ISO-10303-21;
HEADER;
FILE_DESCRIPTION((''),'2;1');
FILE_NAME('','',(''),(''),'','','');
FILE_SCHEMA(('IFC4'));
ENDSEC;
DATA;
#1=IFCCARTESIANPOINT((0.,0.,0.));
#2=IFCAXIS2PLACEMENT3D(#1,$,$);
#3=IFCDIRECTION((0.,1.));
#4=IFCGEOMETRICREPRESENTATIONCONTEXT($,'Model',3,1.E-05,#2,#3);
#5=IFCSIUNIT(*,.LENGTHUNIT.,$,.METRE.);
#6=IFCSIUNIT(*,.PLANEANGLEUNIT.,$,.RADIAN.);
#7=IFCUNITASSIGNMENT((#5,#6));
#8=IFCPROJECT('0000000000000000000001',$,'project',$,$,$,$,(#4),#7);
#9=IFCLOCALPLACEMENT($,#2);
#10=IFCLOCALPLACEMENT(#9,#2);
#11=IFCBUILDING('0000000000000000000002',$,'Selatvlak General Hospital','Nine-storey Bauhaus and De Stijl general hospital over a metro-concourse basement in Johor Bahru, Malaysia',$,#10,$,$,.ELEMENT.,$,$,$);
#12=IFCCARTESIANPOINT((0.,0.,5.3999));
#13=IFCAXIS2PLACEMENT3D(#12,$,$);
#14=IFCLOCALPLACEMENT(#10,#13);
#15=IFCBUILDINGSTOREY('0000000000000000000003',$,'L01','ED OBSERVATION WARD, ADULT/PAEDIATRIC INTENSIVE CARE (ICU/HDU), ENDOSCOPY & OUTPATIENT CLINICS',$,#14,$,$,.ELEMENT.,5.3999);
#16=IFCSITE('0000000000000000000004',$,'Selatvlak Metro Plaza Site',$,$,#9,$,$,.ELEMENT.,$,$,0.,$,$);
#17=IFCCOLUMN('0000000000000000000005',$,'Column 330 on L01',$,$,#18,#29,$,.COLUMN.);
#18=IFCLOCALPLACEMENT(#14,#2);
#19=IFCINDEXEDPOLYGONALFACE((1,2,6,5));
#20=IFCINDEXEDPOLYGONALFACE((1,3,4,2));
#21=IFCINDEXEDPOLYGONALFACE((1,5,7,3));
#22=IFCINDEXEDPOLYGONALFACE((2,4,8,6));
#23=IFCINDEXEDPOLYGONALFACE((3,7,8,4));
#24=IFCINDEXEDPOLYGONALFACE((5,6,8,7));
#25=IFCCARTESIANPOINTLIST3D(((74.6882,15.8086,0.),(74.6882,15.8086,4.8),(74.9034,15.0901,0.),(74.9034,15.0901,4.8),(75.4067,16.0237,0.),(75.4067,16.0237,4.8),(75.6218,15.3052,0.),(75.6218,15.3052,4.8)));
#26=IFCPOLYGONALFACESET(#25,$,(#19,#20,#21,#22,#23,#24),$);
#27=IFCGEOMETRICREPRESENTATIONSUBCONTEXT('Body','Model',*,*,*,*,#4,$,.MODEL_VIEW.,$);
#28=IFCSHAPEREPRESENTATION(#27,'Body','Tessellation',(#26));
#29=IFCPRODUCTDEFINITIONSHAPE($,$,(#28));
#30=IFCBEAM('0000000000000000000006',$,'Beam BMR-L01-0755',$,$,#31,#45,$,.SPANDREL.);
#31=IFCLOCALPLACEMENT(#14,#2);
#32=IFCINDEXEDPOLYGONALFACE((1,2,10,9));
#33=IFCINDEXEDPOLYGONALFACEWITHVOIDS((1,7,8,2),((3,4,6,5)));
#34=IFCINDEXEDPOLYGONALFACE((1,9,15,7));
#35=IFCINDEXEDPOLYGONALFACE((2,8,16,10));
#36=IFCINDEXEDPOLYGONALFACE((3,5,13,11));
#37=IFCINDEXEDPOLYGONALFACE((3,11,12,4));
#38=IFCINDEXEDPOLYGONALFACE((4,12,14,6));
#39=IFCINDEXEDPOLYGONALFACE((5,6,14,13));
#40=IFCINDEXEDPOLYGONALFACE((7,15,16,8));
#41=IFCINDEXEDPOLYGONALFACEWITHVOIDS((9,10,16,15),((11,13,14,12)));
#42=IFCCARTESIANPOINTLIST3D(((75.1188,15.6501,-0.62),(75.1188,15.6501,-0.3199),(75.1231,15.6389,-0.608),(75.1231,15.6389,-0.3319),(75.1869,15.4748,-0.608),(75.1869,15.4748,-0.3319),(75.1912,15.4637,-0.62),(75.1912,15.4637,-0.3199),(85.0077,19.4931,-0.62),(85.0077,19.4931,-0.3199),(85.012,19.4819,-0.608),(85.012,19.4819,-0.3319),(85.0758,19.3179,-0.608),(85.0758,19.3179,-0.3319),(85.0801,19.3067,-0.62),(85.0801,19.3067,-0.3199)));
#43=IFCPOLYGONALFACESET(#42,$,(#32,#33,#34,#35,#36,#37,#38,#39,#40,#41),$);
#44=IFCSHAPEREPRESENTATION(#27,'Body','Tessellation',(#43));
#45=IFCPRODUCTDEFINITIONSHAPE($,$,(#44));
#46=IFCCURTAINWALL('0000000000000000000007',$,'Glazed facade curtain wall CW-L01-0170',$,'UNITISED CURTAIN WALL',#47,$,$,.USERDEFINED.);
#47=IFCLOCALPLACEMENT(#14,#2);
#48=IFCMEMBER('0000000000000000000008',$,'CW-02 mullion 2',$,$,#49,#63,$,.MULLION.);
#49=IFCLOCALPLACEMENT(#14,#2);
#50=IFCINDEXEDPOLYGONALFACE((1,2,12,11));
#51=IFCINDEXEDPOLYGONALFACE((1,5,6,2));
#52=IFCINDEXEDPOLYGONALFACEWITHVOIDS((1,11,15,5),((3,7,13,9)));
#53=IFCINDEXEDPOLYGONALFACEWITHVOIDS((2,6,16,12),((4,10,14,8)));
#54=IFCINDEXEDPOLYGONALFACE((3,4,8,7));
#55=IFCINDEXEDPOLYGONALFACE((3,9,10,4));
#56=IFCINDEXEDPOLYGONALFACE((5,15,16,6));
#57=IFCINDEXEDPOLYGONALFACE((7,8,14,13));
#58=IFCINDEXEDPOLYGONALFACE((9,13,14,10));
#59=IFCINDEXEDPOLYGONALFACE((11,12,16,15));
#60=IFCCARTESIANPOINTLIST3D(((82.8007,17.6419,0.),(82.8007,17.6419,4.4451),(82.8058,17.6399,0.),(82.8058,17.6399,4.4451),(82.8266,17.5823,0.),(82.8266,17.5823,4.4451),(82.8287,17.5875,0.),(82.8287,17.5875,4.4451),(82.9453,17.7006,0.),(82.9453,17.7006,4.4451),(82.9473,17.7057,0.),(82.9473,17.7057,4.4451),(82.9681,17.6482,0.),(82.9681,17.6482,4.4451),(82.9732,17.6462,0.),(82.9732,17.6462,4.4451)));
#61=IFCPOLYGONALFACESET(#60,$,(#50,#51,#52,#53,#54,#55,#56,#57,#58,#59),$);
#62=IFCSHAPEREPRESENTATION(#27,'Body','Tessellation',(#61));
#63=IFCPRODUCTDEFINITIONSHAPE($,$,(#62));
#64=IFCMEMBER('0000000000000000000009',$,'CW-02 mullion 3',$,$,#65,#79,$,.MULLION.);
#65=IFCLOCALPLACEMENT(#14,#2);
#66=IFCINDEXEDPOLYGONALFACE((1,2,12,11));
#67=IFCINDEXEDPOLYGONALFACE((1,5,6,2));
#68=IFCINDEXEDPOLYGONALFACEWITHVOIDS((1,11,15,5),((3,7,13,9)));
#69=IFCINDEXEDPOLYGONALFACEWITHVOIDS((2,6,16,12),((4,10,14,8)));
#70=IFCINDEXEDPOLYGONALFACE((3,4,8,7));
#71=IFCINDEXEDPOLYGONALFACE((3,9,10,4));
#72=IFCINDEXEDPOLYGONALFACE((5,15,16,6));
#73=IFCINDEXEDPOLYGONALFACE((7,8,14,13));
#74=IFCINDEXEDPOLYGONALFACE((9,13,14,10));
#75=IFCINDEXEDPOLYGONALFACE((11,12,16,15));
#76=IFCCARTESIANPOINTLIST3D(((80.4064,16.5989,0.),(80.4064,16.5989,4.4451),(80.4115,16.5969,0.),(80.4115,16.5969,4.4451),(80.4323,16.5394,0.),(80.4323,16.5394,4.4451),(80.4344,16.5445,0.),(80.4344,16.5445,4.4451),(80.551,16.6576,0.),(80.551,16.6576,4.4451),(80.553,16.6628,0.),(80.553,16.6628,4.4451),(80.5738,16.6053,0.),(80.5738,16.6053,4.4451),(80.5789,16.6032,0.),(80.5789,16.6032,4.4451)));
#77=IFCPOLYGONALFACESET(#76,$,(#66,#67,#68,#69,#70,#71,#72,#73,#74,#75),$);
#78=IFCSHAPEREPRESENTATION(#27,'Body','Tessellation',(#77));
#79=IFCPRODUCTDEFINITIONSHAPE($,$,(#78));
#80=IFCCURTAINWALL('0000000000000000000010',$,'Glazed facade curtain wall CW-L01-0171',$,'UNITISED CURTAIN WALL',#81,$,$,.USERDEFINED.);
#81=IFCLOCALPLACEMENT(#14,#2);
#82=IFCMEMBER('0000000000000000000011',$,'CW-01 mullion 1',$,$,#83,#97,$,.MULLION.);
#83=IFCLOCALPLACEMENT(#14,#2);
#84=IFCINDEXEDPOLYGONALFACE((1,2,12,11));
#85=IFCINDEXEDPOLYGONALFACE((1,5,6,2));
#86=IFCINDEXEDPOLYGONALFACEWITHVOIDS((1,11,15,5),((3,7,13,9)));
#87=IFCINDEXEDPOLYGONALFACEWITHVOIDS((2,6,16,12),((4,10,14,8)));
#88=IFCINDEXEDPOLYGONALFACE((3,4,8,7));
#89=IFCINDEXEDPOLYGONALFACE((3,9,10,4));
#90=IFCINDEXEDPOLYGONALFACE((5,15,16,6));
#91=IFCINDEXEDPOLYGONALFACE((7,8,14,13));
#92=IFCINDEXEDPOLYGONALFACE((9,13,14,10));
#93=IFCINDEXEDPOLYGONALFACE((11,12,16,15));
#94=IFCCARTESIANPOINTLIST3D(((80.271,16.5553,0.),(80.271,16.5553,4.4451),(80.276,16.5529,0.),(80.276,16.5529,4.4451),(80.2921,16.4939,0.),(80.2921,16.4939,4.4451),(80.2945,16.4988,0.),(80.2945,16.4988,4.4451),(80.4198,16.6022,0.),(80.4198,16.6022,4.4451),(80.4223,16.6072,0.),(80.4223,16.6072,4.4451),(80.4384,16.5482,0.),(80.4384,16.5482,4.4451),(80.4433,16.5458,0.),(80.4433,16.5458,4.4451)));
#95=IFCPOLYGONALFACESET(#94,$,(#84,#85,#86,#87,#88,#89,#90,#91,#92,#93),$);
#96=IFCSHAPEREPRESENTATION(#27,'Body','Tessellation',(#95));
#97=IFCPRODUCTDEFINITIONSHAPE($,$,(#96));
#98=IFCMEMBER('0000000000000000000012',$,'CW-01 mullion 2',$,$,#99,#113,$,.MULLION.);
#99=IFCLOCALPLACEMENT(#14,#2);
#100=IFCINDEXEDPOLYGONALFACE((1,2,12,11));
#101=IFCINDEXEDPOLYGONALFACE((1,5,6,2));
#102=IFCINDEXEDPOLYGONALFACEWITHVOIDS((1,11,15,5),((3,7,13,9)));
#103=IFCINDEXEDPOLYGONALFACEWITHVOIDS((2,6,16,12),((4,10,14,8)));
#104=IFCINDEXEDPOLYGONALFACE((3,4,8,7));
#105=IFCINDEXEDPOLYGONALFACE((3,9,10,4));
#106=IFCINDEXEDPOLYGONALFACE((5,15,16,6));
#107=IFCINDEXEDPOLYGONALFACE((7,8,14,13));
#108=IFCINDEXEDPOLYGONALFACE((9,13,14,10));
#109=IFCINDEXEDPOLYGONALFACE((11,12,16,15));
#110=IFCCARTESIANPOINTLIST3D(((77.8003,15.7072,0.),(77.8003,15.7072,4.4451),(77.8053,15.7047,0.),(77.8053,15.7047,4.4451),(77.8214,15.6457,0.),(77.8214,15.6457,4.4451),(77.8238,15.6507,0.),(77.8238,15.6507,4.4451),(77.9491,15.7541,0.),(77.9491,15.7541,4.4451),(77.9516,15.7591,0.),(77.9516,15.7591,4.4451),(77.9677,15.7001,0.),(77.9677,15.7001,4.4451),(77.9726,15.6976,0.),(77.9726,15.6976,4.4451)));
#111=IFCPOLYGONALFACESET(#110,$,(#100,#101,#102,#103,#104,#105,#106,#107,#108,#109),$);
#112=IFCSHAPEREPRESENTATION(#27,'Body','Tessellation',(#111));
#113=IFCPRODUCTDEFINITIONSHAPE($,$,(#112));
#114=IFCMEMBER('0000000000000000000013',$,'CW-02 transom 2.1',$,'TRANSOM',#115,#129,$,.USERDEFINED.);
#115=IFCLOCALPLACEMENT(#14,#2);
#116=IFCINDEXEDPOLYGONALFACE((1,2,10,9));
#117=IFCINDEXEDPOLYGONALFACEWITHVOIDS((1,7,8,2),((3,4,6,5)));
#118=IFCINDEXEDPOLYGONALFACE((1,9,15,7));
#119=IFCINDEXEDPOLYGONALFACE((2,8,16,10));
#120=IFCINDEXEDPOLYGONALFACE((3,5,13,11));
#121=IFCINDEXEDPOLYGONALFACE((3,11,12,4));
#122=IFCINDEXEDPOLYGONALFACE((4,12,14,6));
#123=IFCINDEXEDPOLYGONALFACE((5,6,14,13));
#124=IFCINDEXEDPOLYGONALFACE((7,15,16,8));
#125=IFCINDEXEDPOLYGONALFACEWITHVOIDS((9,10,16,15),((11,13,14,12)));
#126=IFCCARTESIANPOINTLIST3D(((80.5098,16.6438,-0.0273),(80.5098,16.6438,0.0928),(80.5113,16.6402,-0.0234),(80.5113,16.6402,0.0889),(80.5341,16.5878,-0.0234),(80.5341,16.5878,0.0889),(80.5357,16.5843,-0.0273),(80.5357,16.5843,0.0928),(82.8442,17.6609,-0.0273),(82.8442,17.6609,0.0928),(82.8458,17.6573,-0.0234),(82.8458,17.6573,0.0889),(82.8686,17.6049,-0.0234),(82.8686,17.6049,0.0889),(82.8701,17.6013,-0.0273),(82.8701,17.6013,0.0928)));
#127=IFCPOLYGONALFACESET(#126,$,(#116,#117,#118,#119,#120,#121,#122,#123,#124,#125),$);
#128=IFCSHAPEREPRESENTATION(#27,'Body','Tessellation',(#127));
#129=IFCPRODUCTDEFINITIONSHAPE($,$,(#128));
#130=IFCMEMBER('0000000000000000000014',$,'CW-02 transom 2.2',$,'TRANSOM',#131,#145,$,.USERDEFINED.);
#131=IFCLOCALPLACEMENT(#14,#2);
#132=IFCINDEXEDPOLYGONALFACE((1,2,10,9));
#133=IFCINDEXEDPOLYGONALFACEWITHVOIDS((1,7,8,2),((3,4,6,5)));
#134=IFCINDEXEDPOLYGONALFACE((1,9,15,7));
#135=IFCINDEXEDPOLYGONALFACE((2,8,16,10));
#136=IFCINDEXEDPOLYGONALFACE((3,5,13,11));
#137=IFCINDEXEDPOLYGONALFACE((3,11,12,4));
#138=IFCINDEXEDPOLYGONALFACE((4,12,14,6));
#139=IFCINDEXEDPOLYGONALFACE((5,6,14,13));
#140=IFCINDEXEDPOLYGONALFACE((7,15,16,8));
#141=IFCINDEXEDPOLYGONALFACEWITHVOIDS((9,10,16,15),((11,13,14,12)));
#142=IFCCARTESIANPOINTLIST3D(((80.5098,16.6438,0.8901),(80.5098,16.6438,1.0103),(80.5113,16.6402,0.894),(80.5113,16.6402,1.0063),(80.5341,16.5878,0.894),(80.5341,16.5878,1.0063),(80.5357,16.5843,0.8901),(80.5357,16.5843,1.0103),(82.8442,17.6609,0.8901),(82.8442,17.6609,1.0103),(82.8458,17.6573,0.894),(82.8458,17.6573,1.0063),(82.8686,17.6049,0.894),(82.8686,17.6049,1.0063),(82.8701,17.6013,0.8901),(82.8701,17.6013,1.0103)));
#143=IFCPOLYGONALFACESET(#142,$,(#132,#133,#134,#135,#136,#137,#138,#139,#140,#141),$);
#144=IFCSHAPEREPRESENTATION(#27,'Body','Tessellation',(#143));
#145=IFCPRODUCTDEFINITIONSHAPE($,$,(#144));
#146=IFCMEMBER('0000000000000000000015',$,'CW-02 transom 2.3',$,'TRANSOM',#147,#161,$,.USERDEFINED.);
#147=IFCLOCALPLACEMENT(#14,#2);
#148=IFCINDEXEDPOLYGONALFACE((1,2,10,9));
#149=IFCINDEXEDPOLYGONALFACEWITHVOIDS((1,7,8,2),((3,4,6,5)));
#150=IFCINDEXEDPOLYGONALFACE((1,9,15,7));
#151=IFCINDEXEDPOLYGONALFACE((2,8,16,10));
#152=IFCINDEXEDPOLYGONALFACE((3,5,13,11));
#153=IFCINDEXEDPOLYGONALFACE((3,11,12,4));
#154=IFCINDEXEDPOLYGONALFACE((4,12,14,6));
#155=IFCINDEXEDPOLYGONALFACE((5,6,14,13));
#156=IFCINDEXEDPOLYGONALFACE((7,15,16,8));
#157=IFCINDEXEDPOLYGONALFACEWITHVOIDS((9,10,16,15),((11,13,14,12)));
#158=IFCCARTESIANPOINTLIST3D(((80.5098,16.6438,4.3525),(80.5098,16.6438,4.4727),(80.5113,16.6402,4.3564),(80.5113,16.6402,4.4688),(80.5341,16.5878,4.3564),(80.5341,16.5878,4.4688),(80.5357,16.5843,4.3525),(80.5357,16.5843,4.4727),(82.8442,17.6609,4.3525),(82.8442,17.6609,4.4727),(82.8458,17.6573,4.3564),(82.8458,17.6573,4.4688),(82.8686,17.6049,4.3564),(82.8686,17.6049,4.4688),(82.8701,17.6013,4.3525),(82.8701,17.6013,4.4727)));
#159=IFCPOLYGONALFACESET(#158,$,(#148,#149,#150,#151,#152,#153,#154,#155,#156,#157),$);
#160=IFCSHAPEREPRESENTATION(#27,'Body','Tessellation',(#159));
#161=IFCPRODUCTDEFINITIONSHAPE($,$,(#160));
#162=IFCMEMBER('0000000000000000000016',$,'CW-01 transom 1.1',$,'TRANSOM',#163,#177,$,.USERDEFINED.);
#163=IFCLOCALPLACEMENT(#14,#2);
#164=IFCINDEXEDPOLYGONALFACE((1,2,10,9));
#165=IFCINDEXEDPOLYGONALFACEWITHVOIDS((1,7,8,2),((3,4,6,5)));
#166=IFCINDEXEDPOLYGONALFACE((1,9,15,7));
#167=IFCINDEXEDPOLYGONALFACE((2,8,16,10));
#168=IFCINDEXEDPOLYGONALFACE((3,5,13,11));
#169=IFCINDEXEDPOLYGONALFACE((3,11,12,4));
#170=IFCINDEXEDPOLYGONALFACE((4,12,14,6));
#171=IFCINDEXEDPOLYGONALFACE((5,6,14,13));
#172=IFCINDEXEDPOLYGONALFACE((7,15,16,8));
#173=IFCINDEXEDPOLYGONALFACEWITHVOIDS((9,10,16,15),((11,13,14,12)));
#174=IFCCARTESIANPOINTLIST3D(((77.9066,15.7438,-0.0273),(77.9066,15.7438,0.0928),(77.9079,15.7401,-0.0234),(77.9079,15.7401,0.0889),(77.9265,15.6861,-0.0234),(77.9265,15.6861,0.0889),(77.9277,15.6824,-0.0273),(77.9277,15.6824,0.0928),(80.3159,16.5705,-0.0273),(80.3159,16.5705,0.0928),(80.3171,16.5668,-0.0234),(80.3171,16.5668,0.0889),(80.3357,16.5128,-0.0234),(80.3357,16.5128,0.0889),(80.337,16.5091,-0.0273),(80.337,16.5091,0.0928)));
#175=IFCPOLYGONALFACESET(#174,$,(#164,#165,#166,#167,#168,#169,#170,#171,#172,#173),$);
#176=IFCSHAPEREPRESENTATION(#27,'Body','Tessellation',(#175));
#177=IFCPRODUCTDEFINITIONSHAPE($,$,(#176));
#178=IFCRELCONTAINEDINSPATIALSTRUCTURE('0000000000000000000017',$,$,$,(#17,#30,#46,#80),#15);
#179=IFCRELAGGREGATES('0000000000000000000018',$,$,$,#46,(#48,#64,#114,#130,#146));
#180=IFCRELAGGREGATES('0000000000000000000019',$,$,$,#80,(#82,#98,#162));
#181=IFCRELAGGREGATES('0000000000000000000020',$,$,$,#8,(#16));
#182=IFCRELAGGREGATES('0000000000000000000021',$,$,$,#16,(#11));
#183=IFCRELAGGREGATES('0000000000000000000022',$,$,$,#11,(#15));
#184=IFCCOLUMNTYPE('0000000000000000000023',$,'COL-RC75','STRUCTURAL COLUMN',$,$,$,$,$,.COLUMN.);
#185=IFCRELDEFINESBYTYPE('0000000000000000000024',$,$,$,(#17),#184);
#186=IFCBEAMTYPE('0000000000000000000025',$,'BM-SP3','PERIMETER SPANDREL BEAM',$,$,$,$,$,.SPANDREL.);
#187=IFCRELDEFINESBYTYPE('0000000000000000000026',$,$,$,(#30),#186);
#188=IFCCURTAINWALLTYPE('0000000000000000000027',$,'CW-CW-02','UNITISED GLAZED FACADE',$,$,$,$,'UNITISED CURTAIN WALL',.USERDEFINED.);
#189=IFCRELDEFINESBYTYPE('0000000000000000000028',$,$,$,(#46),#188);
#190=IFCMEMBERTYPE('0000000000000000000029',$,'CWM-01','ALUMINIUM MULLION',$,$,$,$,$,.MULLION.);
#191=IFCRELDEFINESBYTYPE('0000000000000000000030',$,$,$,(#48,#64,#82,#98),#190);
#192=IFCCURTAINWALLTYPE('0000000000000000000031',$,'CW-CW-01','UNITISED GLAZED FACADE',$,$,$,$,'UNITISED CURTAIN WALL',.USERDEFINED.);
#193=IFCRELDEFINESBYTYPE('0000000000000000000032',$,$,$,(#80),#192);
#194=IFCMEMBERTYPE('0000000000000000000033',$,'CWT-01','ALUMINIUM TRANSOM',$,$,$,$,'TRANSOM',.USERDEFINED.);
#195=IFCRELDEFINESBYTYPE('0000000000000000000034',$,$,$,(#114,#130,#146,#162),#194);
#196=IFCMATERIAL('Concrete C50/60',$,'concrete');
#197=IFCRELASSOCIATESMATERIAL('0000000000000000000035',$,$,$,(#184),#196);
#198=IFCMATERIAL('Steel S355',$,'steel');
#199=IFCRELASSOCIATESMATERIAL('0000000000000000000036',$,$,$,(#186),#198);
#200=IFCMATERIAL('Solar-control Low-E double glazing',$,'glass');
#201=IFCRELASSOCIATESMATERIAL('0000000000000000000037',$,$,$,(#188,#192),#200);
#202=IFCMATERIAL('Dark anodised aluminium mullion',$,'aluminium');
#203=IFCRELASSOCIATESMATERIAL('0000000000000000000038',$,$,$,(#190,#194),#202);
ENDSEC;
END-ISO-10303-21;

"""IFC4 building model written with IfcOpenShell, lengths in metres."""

from ifc_helpers import new_model, si_unit, direction, frame, origin, origin_2d, place, context, subcontext, project, spatial, rectangle, hollow_rectangle, extrude, material, material_profile, profile_set, type_object, element, aggregate, save


model = new_model("IFC4")

# Units and contexts
model_context = context("Model", 3, precision=1e-05, world=origin(), true_north=direction((0.0, 1.0)))
body_context = subcontext(model_context, "Body", "Model", "MODEL_VIEW")
ifc_project = project(units=[si_unit("LENGTHUNIT", "METRE"), si_unit("PLANEANGLEUNIT", "RADIAN")], contexts=[model_context])

# Site, building, storey
site_placement = place(None, origin())
site = spatial("IfcSite", under=ifc_project, at=site_placement, Name="Selatvlak Metro Plaza Site", CompositionType="ELEMENT", RefElevation=0.0)
building_placement = place(site_placement, origin())
building = spatial("IfcBuilding", under=site, at=building_placement, Name="Selatvlak General Hospital", Description="Nine-storey Bauhaus and De Stijl general hospital over a metro-concourse basement in Johor Bahru, Malaysia", CompositionType="ELEMENT")
storey_placement = place(building_placement, frame((0.0, 0.0, 5.3999)))
storey = spatial("IfcBuildingStorey", under=building, at=storey_placement, Name="L01", Description="ED OBSERVATION WARD, ADULT/PAEDIATRIC INTENSIVE CARE (ICU/HDU), ENDOSCOPY & OUTPATIENT CLINICS", CompositionType="ELEMENT", Elevation=5.3999)

# Column
ifc_material_1 = material(Name="Concrete C50/60", Category="concrete")
ifc_material_profile_1 = material_profile(ifc_material_1, rectangle(XDim=0.75, YDim=0.75, at=origin_2d()), Name="RC-COL 750x750")
ifc_profile_set_1 = profile_set([ifc_material_profile_1], Name="Concrete C50/60")
column_type = type_object("IfcColumnType", Name="COL-RC75", Description="STRUCTURAL COLUMN", PredefinedType="COLUMN", material=ifc_profile_set_1)
column_placement = place(storey_placement, frame((75.155, 15.5569, 0.0), z_axis=(0.0, 0.0, 1.0), x_axis=(-0.286859, 0.957973, 0.0)))
element("IfcColumn", 1, at=column_placement, inside=storey, type_object=column_type, Name="Column 330 on L01", PredefinedType="COLUMN", context=body_context, shape_type="SweptSolid", body=[
    extrude(rectangle(XDim=0.75, YDim=0.75, at=origin_2d()), origin(), (0.0, 0.0, 1.0), 4.8),
])

# Beam
ifc_material_2 = material(Name="Steel S355", Category="steel")
ifc_material_profile_2 = material_profile(ifc_material_2, hollow_rectangle(XDim=0.2, YDim=0.3, WallThickness=0.012, at=origin_2d()), Name="RHS 300x200x12")
ifc_profile_set_2 = profile_set([ifc_material_profile_2], Name="Steel S355")
beam_type = type_object("IfcBeamType", Name="BM-SP3", Description="PERIMETER SPANDREL BEAM", PredefinedType="SPANDREL", material=ifc_profile_set_2)
beam_placement = place(storey_placement, frame((75.155, 15.5569, -0.47), z_axis=(0.93209, 0.362227, 0.0), x_axis=(-0.362227, 0.93209, 0.0)))
element("IfcBeam", 2, at=beam_placement, inside=storey, type_object=beam_type, Name="Beam BMR-L01-0755", PredefinedType="SPANDREL", context=body_context, shape_type="SweptSolid", body=[
    extrude(hollow_rectangle(XDim=0.2, YDim=0.3, WallThickness=0.012, at=origin_2d()), origin(), (0.0, 0.0, 1.0), 10.6094),
])

# Curtain walls, members
ifc_material_3 = material(Name="Solar-control Low-E double glazing", Category="glass")
curtain_wall_type_1 = type_object("IfcCurtainWallType", Name="CW-CW-02", Description="UNITISED GLAZED FACADE", ElementType="UNITISED CURTAIN WALL", PredefinedType="USERDEFINED", material=ifc_material_3)
curtain_wall_1_placement = place(storey_placement, origin())
curtain_wall_1 = element("IfcCurtainWall", 3, at=curtain_wall_1_placement, inside=storey, type_object=curtain_wall_type_1, Name="Glazed facade curtain wall CW-L01-0170", ObjectType="UNITISED CURTAIN WALL", PredefinedType="USERDEFINED")
ifc_material_4 = material(Name="Dark anodised aluminium mullion", Category="aluminium")
ifc_material_profile_3 = material_profile(ifc_material_4, hollow_rectangle(XDim=0.0649, YDim=0.1599, WallThickness=0.0039, at=origin_2d()), Name="AL-MUL 65x160x4")
ifc_profile_set_3 = profile_set([ifc_material_profile_3], Name="Dark anodised aluminium mullion")
member_type_1 = type_object("IfcMemberType", Name="CWM-01", Description="ALUMINIUM MULLION", PredefinedType="MULLION", material=ifc_profile_set_3)
member_1_placement = place(storey_placement, frame((82.887, 17.644, 0.0), z_axis=(0.0, 0.0, 1.0), x_axis=(0.39939, -0.916781, 0.0)))
member_1 = element("IfcMember", 4, at=member_1_placement, type_object=member_type_1, Name="CW-02 mullion 2", PredefinedType="MULLION", context=body_context, shape_type="SweptSolid", body=[
    extrude(hollow_rectangle(XDim=0.0649, YDim=0.1599, WallThickness=0.0039, at=origin_2d()), origin(), (0.0, 0.0, 1.0), 4.4451),
])
member_2_placement = place(storey_placement, frame((80.4927, 16.6011, 0.0), z_axis=(0.0, 0.0, 1.0), x_axis=(0.39939, -0.916781, 0.0)))
member_2 = element("IfcMember", 5, at=member_2_placement, type_object=member_type_1, Name="CW-02 mullion 3", PredefinedType="MULLION", context=body_context, shape_type="SweptSolid", body=[
    extrude(hollow_rectangle(XDim=0.0649, YDim=0.1599, WallThickness=0.0039, at=origin_2d()), origin(), (0.0, 0.0, 1.0), 4.4451),
])
curtain_wall_type_2 = type_object("IfcCurtainWallType", Name="CW-CW-01", Description="UNITISED GLAZED FACADE", ElementType="UNITISED CURTAIN WALL", PredefinedType="USERDEFINED", material=ifc_material_3)
curtain_wall_2_placement = place(storey_placement, origin())
curtain_wall_2 = element("IfcCurtainWall", 6, at=curtain_wall_2_placement, inside=storey, type_object=curtain_wall_type_2, Name="Glazed facade curtain wall CW-L01-0171", ObjectType="UNITISED CURTAIN WALL", PredefinedType="USERDEFINED")
member_3_placement = place(storey_placement, frame((80.3572, 16.5505, 0.0), z_axis=(0.0, 0.0, 1.0), x_axis=(0.324609, -0.945848, 0.0)))
member_3 = element("IfcMember", 7, at=member_3_placement, type_object=member_type_1, Name="CW-01 mullion 1", PredefinedType="MULLION", context=body_context, shape_type="SweptSolid", body=[
    extrude(hollow_rectangle(XDim=0.0649, YDim=0.1599, WallThickness=0.0039, at=origin_2d()), origin(), (0.0, 0.0, 1.0), 4.4451),
])
member_4_placement = place(storey_placement, frame((77.8865, 15.7024, 0.0), z_axis=(0.0, 0.0, 1.0), x_axis=(0.324609, -0.945848, 0.0)))
member_4 = element("IfcMember", 8, at=member_4_placement, type_object=member_type_1, Name="CW-01 mullion 2", PredefinedType="MULLION", context=body_context, shape_type="SweptSolid", body=[
    extrude(hollow_rectangle(XDim=0.0649, YDim=0.1599, WallThickness=0.0039, at=origin_2d()), origin(), (0.0, 0.0, 1.0), 4.4451),
])

# Members
ifc_material_profile_4 = material_profile(ifc_material_4, hollow_rectangle(XDim=0.0649, YDim=0.1201, WallThickness=0.0039, at=origin_2d()), Name="AL-TRN 65x120x4")
ifc_profile_set_4 = profile_set([ifc_material_profile_4], Name="Dark anodised aluminium mullion")
member_type_2 = type_object("IfcMemberType", Name="CWT-01", Description="ALUMINIUM TRANSOM", ElementType="TRANSOM", PredefinedType="USERDEFINED", material=ifc_profile_set_4)
member_5_placement = place(storey_placement, frame((82.8572, 17.6311, 0.0327), z_axis=(-0.916768, -0.39942, 0.0), x_axis=(0.39942, -0.916768, 0.0)))
member_5 = element("IfcMember", 9, at=member_5_placement, type_object=member_type_2, Name="CW-02 transom 2.1", ObjectType="TRANSOM", PredefinedType="USERDEFINED", context=body_context, shape_type="SweptSolid", body=[
    extrude(hollow_rectangle(XDim=0.0649, YDim=0.1201, WallThickness=0.0039, at=origin_2d()), origin(), (0.0, 0.0, 1.0), 2.5464),
])
member_6_placement = place(storey_placement, frame((82.8572, 17.6311, 0.9502), z_axis=(-0.916768, -0.39942, 0.0), x_axis=(0.39942, -0.916768, 0.0)))
member_6 = element("IfcMember", 10, at=member_6_placement, type_object=member_type_2, Name="CW-02 transom 2.2", ObjectType="TRANSOM", PredefinedType="USERDEFINED", context=body_context, shape_type="SweptSolid", body=[
    extrude(hollow_rectangle(XDim=0.0649, YDim=0.1201, WallThickness=0.0039, at=origin_2d()), origin(), (0.0, 0.0, 1.0), 2.5464),
])
member_7_placement = place(storey_placement, frame((82.8572, 17.6311, 4.4126), z_axis=(-0.916768, -0.39942, 0.0), x_axis=(0.39942, -0.916768, 0.0)))
member_7 = element("IfcMember", 11, at=member_7_placement, type_object=member_type_2, Name="CW-02 transom 2.3", ObjectType="TRANSOM", PredefinedType="USERDEFINED", context=body_context, shape_type="SweptSolid", body=[
    extrude(hollow_rectangle(XDim=0.0649, YDim=0.1201, WallThickness=0.0039, at=origin_2d()), origin(), (0.0, 0.0, 1.0), 2.5464),
])
member_8_placement = place(storey_placement, frame((80.3264, 16.5398, 0.0327), z_axis=(-0.945867, -0.324555, 0.0), x_axis=(0.324555, -0.945867, 0.0)))
member_8 = element("IfcMember", 12, at=member_8_placement, type_object=member_type_2, Name="CW-01 transom 1.1", ObjectType="TRANSOM", PredefinedType="USERDEFINED", context=body_context, shape_type="SweptSolid", body=[
    extrude(hollow_rectangle(XDim=0.0649, YDim=0.1201, WallThickness=0.0039, at=origin_2d()), origin(), (0.0, 0.0, 1.0), 2.5471),
])

aggregate(curtain_wall_1, [member_1, member_2, member_5, member_6, member_7])
aggregate(curtain_wall_2, [member_3, member_4, member_8])

save(model, "model.ifc")
